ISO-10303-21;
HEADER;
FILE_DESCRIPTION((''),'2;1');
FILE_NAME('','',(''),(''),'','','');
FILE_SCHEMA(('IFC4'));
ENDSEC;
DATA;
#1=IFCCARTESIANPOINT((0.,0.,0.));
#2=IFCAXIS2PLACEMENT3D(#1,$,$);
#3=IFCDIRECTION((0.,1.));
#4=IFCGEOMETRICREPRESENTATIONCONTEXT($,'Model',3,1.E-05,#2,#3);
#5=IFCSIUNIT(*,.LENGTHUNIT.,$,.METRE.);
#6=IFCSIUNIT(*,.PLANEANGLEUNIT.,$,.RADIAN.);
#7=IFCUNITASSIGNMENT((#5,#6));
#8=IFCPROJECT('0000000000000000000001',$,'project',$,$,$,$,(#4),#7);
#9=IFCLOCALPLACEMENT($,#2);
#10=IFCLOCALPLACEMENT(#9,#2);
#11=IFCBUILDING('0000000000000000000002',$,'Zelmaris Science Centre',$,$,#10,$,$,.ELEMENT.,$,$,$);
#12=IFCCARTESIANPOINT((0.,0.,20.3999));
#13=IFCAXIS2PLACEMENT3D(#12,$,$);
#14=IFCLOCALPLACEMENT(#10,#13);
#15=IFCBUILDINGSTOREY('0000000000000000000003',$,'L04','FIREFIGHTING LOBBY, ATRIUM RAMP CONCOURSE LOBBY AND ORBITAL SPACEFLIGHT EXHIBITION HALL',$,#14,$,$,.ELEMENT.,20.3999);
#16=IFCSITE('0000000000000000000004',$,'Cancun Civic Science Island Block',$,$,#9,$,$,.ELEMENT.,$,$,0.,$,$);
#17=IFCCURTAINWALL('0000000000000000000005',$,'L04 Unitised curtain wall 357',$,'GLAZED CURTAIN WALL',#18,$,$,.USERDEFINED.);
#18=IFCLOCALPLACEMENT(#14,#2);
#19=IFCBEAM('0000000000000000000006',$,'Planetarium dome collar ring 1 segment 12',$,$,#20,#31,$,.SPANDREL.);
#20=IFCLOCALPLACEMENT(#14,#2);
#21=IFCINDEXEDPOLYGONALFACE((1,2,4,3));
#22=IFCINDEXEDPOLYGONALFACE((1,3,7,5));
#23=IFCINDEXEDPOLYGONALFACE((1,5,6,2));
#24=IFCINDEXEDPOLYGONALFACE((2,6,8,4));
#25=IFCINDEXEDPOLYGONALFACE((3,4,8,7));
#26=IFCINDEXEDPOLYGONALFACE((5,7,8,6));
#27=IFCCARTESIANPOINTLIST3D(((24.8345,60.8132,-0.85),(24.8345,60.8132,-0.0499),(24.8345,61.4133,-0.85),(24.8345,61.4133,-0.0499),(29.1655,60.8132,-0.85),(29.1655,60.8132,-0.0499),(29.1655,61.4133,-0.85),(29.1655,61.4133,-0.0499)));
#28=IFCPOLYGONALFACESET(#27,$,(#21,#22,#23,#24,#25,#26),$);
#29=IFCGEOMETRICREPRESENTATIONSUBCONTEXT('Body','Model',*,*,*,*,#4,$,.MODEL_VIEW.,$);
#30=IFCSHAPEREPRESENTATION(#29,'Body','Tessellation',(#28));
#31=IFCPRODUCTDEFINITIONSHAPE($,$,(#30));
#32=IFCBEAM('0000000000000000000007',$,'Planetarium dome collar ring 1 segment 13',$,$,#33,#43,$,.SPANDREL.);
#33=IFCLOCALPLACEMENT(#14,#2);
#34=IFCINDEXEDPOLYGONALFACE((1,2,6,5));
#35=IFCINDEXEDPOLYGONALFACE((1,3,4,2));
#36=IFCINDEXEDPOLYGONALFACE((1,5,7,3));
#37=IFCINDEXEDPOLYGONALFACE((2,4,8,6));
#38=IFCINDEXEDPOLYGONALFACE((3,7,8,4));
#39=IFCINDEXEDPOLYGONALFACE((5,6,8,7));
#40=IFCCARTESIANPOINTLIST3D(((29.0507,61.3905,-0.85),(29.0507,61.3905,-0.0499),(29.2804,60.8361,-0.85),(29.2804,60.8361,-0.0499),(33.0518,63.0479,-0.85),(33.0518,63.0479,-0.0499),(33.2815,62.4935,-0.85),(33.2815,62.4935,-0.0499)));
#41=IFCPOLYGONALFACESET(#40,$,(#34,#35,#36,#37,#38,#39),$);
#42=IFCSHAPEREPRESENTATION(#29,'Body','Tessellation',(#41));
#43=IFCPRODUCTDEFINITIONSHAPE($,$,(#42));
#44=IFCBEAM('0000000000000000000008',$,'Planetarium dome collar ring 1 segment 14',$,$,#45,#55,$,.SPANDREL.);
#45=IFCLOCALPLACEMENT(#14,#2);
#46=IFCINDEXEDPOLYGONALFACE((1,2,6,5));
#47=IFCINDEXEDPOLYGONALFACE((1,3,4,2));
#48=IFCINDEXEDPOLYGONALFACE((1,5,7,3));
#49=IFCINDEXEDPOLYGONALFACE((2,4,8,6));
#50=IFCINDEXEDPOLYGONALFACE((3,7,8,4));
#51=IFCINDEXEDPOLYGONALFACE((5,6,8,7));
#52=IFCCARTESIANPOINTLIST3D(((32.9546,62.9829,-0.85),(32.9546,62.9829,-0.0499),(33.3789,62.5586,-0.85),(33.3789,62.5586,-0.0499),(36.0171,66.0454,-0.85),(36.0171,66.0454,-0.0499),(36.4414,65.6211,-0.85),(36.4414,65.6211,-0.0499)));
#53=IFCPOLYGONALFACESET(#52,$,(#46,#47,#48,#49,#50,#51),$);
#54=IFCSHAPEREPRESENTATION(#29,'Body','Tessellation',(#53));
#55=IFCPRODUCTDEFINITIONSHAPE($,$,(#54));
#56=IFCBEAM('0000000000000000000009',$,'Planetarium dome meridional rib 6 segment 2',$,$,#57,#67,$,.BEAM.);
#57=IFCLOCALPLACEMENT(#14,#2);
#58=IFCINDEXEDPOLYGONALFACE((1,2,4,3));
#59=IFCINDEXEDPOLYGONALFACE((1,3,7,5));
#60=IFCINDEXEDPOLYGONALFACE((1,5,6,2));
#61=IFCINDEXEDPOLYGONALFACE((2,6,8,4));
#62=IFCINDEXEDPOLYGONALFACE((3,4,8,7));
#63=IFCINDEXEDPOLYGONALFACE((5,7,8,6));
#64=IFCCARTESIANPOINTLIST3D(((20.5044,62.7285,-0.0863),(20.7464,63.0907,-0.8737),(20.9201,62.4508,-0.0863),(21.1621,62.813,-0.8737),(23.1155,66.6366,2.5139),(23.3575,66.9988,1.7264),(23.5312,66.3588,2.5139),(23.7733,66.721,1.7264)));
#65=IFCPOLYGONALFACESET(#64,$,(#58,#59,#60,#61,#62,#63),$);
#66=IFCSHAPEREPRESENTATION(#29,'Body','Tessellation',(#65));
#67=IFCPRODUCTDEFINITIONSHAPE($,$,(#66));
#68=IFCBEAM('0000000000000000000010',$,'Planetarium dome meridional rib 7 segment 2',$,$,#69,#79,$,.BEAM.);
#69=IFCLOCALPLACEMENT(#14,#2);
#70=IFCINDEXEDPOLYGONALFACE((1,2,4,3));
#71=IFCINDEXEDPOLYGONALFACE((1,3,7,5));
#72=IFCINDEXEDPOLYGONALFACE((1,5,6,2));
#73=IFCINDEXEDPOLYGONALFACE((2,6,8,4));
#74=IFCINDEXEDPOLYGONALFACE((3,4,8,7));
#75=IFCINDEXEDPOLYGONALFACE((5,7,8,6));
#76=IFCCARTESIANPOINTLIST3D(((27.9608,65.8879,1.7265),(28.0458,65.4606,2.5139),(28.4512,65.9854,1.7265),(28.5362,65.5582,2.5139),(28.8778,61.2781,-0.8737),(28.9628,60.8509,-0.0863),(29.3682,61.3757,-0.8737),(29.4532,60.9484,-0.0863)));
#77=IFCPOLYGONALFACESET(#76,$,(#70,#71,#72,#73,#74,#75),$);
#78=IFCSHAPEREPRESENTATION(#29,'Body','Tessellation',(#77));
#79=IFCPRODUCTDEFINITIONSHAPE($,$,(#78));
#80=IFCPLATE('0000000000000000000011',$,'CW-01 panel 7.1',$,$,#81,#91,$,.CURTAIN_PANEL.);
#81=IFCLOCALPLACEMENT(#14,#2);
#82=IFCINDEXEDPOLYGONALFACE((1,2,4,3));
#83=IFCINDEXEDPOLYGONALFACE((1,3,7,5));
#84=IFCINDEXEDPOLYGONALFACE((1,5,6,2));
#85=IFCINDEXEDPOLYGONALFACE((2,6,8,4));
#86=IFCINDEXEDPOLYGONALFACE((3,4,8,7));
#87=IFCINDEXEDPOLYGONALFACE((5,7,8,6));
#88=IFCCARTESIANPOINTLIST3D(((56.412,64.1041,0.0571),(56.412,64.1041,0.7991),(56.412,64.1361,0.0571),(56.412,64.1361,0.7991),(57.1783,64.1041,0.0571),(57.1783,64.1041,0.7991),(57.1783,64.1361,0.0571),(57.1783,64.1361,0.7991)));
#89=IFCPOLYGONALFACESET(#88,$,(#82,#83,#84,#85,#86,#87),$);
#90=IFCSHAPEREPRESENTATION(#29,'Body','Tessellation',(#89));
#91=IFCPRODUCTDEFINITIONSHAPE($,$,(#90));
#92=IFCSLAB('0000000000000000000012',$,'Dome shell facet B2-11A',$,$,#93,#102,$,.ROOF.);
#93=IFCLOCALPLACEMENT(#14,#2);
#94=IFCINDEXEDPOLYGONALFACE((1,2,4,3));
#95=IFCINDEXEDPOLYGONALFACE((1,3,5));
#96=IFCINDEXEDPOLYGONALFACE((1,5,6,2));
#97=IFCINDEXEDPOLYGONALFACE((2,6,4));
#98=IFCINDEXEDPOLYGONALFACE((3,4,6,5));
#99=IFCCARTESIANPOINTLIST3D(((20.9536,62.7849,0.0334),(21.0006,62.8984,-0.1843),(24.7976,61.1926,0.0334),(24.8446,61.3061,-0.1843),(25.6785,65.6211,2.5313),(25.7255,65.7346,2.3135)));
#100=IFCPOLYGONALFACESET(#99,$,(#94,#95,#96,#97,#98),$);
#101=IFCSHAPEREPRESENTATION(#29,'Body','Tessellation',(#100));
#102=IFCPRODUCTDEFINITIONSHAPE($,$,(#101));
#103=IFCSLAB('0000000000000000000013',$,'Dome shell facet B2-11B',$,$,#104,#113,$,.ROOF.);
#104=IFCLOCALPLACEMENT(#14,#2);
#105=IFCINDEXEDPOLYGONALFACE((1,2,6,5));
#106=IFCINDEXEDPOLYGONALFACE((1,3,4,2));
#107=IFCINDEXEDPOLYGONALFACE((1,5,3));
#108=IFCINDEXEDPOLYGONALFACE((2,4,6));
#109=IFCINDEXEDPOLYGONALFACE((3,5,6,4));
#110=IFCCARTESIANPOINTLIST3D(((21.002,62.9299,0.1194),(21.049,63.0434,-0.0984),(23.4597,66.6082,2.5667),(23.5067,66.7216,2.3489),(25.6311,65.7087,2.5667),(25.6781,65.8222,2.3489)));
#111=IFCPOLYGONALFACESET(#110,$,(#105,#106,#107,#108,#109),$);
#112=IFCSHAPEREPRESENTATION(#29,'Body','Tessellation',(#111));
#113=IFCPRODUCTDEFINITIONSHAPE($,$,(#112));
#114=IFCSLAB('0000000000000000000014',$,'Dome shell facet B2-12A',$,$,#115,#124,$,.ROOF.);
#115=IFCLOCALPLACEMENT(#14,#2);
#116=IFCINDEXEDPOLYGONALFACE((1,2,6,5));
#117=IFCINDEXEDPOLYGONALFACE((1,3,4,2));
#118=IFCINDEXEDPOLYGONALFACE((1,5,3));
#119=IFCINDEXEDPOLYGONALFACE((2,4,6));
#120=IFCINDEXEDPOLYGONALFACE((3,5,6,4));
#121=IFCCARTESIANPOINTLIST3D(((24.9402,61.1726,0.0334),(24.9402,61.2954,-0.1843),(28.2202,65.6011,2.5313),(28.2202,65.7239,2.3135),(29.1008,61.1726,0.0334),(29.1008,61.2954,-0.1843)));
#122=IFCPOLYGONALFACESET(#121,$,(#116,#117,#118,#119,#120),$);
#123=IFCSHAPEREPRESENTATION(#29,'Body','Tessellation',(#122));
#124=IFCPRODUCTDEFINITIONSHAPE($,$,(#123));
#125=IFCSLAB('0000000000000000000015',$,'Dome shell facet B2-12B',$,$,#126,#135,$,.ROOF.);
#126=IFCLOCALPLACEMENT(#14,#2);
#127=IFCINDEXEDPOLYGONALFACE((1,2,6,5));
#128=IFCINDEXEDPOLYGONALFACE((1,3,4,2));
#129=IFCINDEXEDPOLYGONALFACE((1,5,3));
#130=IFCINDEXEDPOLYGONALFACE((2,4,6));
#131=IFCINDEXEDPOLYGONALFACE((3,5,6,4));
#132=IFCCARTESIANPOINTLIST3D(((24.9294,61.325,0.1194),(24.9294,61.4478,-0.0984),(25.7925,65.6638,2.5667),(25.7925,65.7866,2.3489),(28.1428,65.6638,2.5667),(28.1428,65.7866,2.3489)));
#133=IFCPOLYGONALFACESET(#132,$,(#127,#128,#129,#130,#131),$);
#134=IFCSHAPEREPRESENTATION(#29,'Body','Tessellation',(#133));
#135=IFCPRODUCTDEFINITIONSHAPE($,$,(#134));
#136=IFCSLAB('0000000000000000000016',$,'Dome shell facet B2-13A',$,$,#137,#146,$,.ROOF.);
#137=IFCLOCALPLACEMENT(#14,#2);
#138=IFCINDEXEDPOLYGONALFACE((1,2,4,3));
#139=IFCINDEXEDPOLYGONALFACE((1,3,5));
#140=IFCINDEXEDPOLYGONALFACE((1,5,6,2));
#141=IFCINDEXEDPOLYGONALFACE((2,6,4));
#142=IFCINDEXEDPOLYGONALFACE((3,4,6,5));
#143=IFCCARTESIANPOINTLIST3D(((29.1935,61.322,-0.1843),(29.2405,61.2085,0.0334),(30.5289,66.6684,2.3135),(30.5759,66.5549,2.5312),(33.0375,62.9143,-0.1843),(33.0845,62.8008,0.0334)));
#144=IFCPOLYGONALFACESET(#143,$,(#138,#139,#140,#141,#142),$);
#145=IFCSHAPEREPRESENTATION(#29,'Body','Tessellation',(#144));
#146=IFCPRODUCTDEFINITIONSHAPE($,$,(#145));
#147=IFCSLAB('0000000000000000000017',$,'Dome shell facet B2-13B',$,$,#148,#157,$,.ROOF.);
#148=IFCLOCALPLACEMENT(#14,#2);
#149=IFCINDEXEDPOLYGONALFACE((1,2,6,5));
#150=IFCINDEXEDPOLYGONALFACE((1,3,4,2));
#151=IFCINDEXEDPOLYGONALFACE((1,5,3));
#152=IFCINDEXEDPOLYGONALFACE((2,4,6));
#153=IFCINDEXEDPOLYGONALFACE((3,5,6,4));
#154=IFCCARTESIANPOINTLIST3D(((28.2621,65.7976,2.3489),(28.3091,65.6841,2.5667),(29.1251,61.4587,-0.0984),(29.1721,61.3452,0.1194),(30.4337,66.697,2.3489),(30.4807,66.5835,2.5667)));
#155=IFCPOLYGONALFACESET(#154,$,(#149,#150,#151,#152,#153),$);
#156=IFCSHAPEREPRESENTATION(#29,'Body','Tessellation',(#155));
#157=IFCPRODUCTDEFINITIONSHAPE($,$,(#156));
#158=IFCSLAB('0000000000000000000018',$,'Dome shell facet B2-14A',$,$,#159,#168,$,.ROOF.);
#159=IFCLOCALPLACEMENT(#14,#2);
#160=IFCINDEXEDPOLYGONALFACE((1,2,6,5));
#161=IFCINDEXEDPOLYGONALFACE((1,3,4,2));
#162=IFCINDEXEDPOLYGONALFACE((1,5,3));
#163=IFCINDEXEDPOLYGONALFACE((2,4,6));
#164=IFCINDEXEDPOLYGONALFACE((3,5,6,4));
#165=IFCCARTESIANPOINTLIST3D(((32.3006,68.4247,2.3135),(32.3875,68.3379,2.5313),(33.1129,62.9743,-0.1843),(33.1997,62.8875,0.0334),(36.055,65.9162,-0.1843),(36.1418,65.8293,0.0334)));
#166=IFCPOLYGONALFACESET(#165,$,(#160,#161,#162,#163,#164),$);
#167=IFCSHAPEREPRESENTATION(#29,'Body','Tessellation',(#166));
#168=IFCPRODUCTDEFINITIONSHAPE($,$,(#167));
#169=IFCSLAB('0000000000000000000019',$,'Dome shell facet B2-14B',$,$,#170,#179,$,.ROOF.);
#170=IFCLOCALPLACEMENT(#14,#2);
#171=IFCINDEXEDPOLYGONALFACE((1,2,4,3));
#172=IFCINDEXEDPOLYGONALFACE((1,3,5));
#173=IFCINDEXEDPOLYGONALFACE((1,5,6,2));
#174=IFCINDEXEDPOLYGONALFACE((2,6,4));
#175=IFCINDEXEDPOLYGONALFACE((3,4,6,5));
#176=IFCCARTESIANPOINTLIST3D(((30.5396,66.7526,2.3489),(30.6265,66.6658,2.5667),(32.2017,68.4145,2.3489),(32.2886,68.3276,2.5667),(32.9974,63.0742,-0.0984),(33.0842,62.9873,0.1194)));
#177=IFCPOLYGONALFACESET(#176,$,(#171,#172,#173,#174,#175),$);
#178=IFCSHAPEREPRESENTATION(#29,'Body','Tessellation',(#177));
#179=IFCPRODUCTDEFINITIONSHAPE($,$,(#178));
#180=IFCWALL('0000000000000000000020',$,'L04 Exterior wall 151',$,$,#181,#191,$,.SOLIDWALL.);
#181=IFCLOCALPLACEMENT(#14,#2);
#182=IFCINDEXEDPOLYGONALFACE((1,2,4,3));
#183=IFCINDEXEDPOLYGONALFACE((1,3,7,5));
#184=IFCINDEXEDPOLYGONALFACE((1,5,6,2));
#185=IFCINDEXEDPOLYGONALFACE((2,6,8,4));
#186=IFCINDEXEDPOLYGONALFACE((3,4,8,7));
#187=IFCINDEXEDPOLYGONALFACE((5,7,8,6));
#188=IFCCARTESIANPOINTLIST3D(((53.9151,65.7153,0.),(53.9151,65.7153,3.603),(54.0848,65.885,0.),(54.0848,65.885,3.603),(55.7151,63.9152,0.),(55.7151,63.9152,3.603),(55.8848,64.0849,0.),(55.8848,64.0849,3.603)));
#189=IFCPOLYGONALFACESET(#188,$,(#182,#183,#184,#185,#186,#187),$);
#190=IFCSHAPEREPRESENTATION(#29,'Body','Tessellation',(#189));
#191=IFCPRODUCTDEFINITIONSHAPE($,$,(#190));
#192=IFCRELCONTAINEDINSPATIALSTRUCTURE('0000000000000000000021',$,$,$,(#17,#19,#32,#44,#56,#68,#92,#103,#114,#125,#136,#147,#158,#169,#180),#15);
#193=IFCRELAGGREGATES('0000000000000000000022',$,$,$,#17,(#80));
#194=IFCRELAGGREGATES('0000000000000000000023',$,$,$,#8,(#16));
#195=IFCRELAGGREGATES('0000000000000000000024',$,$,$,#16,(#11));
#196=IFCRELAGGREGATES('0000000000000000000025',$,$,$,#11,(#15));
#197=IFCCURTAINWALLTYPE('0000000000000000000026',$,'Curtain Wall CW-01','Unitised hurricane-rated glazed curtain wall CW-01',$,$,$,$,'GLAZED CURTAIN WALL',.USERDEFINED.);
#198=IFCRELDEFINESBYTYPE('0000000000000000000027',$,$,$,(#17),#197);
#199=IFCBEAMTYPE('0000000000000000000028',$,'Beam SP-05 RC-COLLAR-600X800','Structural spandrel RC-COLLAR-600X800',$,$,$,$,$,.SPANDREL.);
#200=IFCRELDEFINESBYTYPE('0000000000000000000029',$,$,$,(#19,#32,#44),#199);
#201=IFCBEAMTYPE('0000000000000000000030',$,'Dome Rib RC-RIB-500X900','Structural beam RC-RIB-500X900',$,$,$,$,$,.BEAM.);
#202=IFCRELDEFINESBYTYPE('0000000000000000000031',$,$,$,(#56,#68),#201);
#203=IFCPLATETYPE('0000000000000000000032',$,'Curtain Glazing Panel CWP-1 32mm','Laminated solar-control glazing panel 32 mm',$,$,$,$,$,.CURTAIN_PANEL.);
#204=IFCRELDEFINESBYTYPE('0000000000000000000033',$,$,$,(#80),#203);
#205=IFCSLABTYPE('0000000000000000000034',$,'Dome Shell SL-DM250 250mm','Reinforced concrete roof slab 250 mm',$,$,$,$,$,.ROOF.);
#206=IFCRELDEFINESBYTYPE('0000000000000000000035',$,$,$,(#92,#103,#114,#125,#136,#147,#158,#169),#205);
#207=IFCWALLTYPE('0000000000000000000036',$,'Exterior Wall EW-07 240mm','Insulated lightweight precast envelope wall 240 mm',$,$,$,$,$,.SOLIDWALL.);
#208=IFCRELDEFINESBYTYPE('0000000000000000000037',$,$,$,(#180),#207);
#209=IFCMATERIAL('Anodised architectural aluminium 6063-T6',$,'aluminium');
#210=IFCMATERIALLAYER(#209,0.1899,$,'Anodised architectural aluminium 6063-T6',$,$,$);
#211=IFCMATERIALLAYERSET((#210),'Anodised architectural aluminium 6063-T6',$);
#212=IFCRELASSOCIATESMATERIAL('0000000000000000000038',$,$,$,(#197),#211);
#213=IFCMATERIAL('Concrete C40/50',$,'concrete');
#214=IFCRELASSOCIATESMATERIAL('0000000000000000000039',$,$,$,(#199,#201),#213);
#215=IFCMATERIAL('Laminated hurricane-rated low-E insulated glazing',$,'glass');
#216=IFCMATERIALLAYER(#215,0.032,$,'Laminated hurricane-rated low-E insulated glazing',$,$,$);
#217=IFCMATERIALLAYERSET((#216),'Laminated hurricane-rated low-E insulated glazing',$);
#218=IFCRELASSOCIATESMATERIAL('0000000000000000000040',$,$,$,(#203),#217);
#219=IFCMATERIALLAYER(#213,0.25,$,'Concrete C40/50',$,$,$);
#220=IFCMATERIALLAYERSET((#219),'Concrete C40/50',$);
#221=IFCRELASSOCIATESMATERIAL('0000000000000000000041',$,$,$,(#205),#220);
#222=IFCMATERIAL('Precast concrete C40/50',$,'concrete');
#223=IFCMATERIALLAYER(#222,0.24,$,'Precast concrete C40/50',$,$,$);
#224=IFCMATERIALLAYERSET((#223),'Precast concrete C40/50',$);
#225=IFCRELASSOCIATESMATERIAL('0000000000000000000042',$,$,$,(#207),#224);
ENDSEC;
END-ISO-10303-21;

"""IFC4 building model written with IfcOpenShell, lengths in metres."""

from ifc_helpers import new_model, si_unit, direction, frame, frame_2d, origin, origin_2d, place, context, subcontext, project, spatial, polyline, rectangle, outline, extrude, material, layer, layer_set, material_profile, profile_set, type_object, element, aggregate, save


model = new_model("IFC4")

# Units and contexts
model_context = context("Model", 3, precision=1e-05, world=origin(), true_north=direction((0.0, 1.0)))
body_context = subcontext(model_context, "Body", "Model", "MODEL_VIEW")
ifc_project = project(units=[si_unit("LENGTHUNIT", "METRE"), si_unit("PLANEANGLEUNIT", "RADIAN")], contexts=[model_context])

# Site, building, storey
site_placement = place(None, origin())
site = spatial("IfcSite", under=ifc_project, at=site_placement, Name="Cancun Civic Science Island Block", CompositionType="ELEMENT", RefElevation=0.0)
building_placement = place(site_placement, origin())
building = spatial("IfcBuilding", under=site, at=building_placement, Name="Zelmaris Science Centre", CompositionType="ELEMENT")
storey_placement = place(building_placement, frame((0.0, 0.0, 20.3999)))
storey = spatial("IfcBuildingStorey", under=building, at=storey_placement, Name="L04", Description="FIREFIGHTING LOBBY, ATRIUM RAMP CONCOURSE LOBBY AND ORBITAL SPACEFLIGHT EXHIBITION HALL", CompositionType="ELEMENT", Elevation=20.3999)

# Curtain wall
ifc_material_1 = material(Name="Anodised architectural aluminium 6063-T6", Category="aluminium")
ifc_layer_1 = layer(ifc_material_1, 0.1899, Name="Anodised architectural aluminium 6063-T6")
ifc_layer_set_1 = layer_set([ifc_layer_1], Name="Anodised architectural aluminium 6063-T6")
curtain_wall_type = type_object("IfcCurtainWallType", Name="Curtain Wall CW-01", Description="Unitised hurricane-rated glazed curtain wall CW-01", ElementType="GLAZED CURTAIN WALL", PredefinedType="USERDEFINED", material=ifc_layer_set_1)
curtain_wall_placement = place(storey_placement, origin())
curtain_wall = element("IfcCurtainWall", 1, at=curtain_wall_placement, inside=storey, type_object=curtain_wall_type, Name="L04 Unitised curtain wall 357", ObjectType="GLAZED CURTAIN WALL", PredefinedType="USERDEFINED")

# Beams
ifc_material_2 = material(Name="Concrete C40/50", Category="concrete")
ifc_material_profile_1 = material_profile(ifc_material_2, rectangle(XDim=0.6001, YDim=0.8, at=origin_2d()), Name="RC-COLLAR-600X800")
ifc_profile_set_1 = profile_set([ifc_material_profile_1], Name="Concrete C40/50")
beam_type_1 = type_object("IfcBeamType", Name="Beam SP-05 RC-COLLAR-600X800", Description="Structural spandrel RC-COLLAR-600X800", PredefinedType="SPANDREL", material=ifc_profile_set_1)
beam_1_placement = place(storey_placement, frame((24.8345, 61.1133, -0.45), z_axis=(1.0, 0.0, 0.0), x_axis=(0.0, 1.0, 0.0)))
element("IfcBeam", 2, at=beam_1_placement, inside=storey, type_object=beam_type_1, Name="Planetarium dome collar ring 1 segment 12", PredefinedType="SPANDREL", context=body_context, shape_type="SweptSolid", body=[
    extrude(rectangle(XDim=0.6001, YDim=0.8, at=origin_2d()), origin(), (0.0, 0.0, 1.0), 4.3311),
])
beam_2_placement = place(storey_placement, frame((29.1655, 61.1133, -0.45), z_axis=(0.92387, 0.382705, 0.0), x_axis=(-0.382705, 0.92387, 0.0)))
element("IfcBeam", 3, at=beam_2_placement, inside=storey, type_object=beam_type_1, Name="Planetarium dome collar ring 1 segment 13", PredefinedType="SPANDREL", context=body_context, shape_type="SweptSolid", body=[
    extrude(rectangle(XDim=0.6001, YDim=0.8, at=origin_2d()), origin(), (0.0, 0.0, 1.0), 4.3308),
])
beam_3_placement = place(storey_placement, frame((33.1667, 62.7708, -0.45), z_axis=(0.707107, 0.707107, 0.0), x_axis=(-0.707107, 0.707107, 0.0)))
element("IfcBeam", 4, at=beam_3_placement, inside=storey, type_object=beam_type_1, Name="Planetarium dome collar ring 1 segment 14", PredefinedType="SPANDREL", context=body_context, shape_type="SweptSolid", body=[
    extrude(rectangle(XDim=0.6001, YDim=0.8, at=origin_2d()), origin(), (0.0, 0.0, 1.0), 4.3311),
])
ifc_material_profile_2 = material_profile(ifc_material_2, rectangle(XDim=0.5, YDim=0.8999, at=origin_2d()), Name="RC-RIB-500X900")
ifc_profile_set_2 = profile_set([ifc_material_profile_2], Name="Concrete C40/50")
beam_type_2 = type_object("IfcBeamType", Name="Dome Rib RC-RIB-500X900", Description="Structural beam RC-RIB-500X900", PredefinedType="BEAM", material=ifc_profile_set_2)
for number, where, z_axis, x_axis, name in (
    (5, (20.8333, 62.7708, -0.48), (0.486122, 0.727569, 0.484076), (-0.831482, 0.555551, 0.0), "Planetarium dome meridional rib 6 segment 2"),
    (6, (29.1655, 61.1133, -0.48), (-0.170723, 0.858208, 0.48408), (-0.980782, -0.195107, 0.0), "Planetarium dome meridional rib 7 segment 2"),
):
    element("IfcBeam", number, at=place(storey_placement, frame(where, z_axis=z_axis, x_axis=x_axis)), inside=storey, type_object=beam_type_2, Name=name, PredefinedType="BEAM", context=body_context, shape_type="SweptSolid", body=[
        extrude(rectangle(XDim=0.5, YDim=0.8999, at=origin_2d()), origin(), (0.0, 0.0, 1.0), 5.3713),
    ])

# Plate
ifc_material_3 = material(Name="Laminated hurricane-rated low-E insulated glazing", Category="glass")
ifc_layer_2 = layer(ifc_material_3, 0.032, Name="Laminated hurricane-rated low-E insulated glazing")
ifc_layer_set_2 = layer_set([ifc_layer_2], Name="Laminated hurricane-rated low-E insulated glazing")
plate_type = type_object("IfcPlateType", Name="Curtain Glazing Panel CWP-1 32mm", Description="Laminated solar-control glazing panel 32 mm", PredefinedType="CURTAIN_PANEL", material=ifc_layer_set_2)
plate_placement = place(storey_placement, frame((56.7952, 64.1201, 0.0571), z_axis=(0.0, 0.0, 1.0), x_axis=(-1.0, 0.000016, 0.0)))
plate = element("IfcPlate", 7, at=plate_placement, type_object=plate_type, Name="CW-01 panel 7.1", PredefinedType="CURTAIN_PANEL", context=body_context, shape_type="SweptSolid", body=[
    extrude(rectangle(XDim=0.7664, YDim=0.032, at=origin_2d()), origin(), (0.0, 0.0, 1.0), 0.7419),
])
aggregate(curtain_wall, [plate])

# Slabs
ifc_layer_3 = layer(ifc_material_2, 0.25, Name="Concrete C40/50")
ifc_layer_set_3 = layer_set([ifc_layer_3], Name="Concrete C40/50")
slab_type = type_object("IfcSlabType", Name="Dome Shell SL-DM250 250mm", Description="Reinforced concrete roof slab 250 mm", PredefinedType="ROOF", material=ifc_layer_set_3)
slab_1_placement = place(storey_placement, frame((20.9536, 62.7849, 0.0334), z_axis=(-0.188009, -0.453878, 0.871003), x_axis=(0.923875, -0.382694, 0.0)))
element("IfcSlab", 8, at=slab_1_placement, inside=storey, type_object=slab_type, Name="Dome shell facet B2-11A", PredefinedType="ROOF", context=body_context, shape_type="SweptSolid", body=[
    extrude(outline(polyline([(0.0, 0.0), (4.1607, 0.0), (3.2798, 5.0843), (0.0, 0.0)])), origin(), (0.0, 0.0, -1.0), 0.25),
])
slab_2_placement = place(storey_placement, frame((21.002, 62.9299, 0.1194), z_axis=(-0.188005, -0.453887, 0.871), x_axis=(0.78091, 0.468768, 0.412839)))
element("IfcSlab", 9, at=slab_2_placement, inside=storey, type_object=slab_type, Name="Dome shell facet B2-11B", PredefinedType="ROOF", context=body_context, shape_type="SweptSolid", body=[
    extrude(outline(polyline([(0.0, 0.0), (5.9279, 0.0), (4.6539, 1.975), (0.0, 0.0)])), origin(), (0.0, 0.0, -1.0), 0.25),
])
slab_3_placement = place(storey_placement, frame((24.9402, 61.1726, 0.0334), z_axis=(0.0, -0.491275, 0.871004), x_axis=(1.0, 0.0, 0.0)))
element("IfcSlab", 10, at=slab_3_placement, inside=storey, type_object=slab_type, Name="Dome shell facet B2-12A", PredefinedType="ROOF", context=body_context, shape_type="SweptSolid", body=[
    extrude(outline(polyline([(0.0, 0.0), (4.1606, 0.0), (3.28, 5.0843), (0.0, 0.0)])), origin(), (0.0, 0.0, -1.0), 0.25),
])
slab_4_placement = place(storey_placement, frame((24.9294, 61.325, 0.1194), z_axis=(0.0, -0.491275, 0.871004), x_axis=(0.542072, 0.731933, 0.412835)))
element("IfcSlab", 11, at=slab_4_placement, inside=storey, type_object=slab_type, Name="Dome shell facet B2-12B", PredefinedType="ROOF", context=body_context, shape_type="SweptSolid", body=[
    extrude(outline(polyline([(0.0, 0.0), (5.928, 0.0), (4.6539, 1.9751), (0.0, 0.0)])), origin(), (0.0, 0.0, -1.0), 0.25),
])
slab_5_placement = place(storey_placement, frame((29.2405, 61.2085, 0.0334), z_axis=(0.188011, -0.453885, 0.871), x_axis=(0.923875, 0.382694, 0.0)))
element("IfcSlab", 12, at=slab_5_placement, inside=storey, type_object=slab_type, Name="Dome shell facet B2-13A", PredefinedType="ROOF", context=body_context, shape_type="SweptSolid", body=[
    extrude(outline(polyline([(0.0, 0.0), (4.1607, 0.0), (3.2798, 5.0842), (0.0, 0.0)])), origin(), (0.0, 0.0, -1.0), 0.25),
])
slab_6_placement = place(storey_placement, frame((29.1721, 61.3452, 0.1194), z_axis=(0.187983, -0.453885, 0.871006), x_axis=(0.220748, 0.883652, 0.412832)))
element("IfcSlab", 13, at=slab_6_placement, inside=storey, type_object=slab_type, Name="Dome shell facet B2-13B", PredefinedType="ROOF", context=body_context, shape_type="SweptSolid", body=[
    extrude(outline(polyline([(0.0, 0.0), (5.928, 0.0), (4.6538, 1.9752), (0.0, 0.0)])), origin(), (0.0, 0.0, -1.0), 0.25),
])
slab_7_placement = place(storey_placement, frame((33.1997, 62.8875, 0.0334), z_axis=(0.347366, -0.347395, 0.871007), x_axis=(0.707136, 0.707077, 0.0)))
element("IfcSlab", 14, at=slab_7_placement, inside=storey, type_object=slab_type, Name="Dome shell facet B2-14A", PredefinedType="ROOF", context=body_context, shape_type="SweptSolid", body=[
    extrude(outline(polyline([(0.0, 0.0), (4.1606, 0.0), (3.2795, 5.0844), (0.0, 0.0)])), origin(), (0.0, 0.0, -1.0), 0.25),
])
slab_8_placement = place(storey_placement, frame((33.0842, 62.9873, 0.1194), z_axis=(0.347349, -0.3474, 0.871012), x_axis=(-0.134219, 0.900864, 0.412831)))
element("IfcSlab", 15, at=slab_8_placement, inside=storey, type_object=slab_type, Name="Dome shell facet B2-14B", PredefinedType="ROOF", context=body_context, shape_type="SweptSolid", body=[
    extrude(outline(polyline([(0.0, 0.0), (5.928, 0.0), (4.654, 1.9752), (0.0, 0.0)])), origin(), (0.0, 0.0, -1.0), 0.25),
])

# Wall
ifc_material_4 = material(Name="Precast concrete C40/50", Category="concrete")
ifc_layer_4 = layer(ifc_material_4, 0.24, Name="Precast concrete C40/50")
ifc_layer_set_4 = layer_set([ifc_layer_4], Name="Precast concrete C40/50")
wall_type = type_object("IfcWallType", Name="Exterior Wall EW-07 240mm", Description="Insulated lightweight precast envelope wall 240 mm", PredefinedType="SOLIDWALL", material=ifc_layer_set_4)
wall_placement = place(storey_placement, frame((55.8, 64.0, 0.0), z_axis=(0.0, 0.0, 1.0), x_axis=(-0.707107, 0.707107, 0.0)))
element("IfcWall", 16, at=wall_placement, inside=storey, type_object=wall_type, Name="L04 Exterior wall 151", PredefinedType="SOLIDWALL", context=body_context, shape_type="SweptSolid", body=[
    extrude(rectangle(XDim=2.5457, YDim=0.24, at=frame_2d((1.2729, 0.0))), origin(), (0.0, 0.0, 1.0), 3.603),
])

save(model, "model.ifc")
